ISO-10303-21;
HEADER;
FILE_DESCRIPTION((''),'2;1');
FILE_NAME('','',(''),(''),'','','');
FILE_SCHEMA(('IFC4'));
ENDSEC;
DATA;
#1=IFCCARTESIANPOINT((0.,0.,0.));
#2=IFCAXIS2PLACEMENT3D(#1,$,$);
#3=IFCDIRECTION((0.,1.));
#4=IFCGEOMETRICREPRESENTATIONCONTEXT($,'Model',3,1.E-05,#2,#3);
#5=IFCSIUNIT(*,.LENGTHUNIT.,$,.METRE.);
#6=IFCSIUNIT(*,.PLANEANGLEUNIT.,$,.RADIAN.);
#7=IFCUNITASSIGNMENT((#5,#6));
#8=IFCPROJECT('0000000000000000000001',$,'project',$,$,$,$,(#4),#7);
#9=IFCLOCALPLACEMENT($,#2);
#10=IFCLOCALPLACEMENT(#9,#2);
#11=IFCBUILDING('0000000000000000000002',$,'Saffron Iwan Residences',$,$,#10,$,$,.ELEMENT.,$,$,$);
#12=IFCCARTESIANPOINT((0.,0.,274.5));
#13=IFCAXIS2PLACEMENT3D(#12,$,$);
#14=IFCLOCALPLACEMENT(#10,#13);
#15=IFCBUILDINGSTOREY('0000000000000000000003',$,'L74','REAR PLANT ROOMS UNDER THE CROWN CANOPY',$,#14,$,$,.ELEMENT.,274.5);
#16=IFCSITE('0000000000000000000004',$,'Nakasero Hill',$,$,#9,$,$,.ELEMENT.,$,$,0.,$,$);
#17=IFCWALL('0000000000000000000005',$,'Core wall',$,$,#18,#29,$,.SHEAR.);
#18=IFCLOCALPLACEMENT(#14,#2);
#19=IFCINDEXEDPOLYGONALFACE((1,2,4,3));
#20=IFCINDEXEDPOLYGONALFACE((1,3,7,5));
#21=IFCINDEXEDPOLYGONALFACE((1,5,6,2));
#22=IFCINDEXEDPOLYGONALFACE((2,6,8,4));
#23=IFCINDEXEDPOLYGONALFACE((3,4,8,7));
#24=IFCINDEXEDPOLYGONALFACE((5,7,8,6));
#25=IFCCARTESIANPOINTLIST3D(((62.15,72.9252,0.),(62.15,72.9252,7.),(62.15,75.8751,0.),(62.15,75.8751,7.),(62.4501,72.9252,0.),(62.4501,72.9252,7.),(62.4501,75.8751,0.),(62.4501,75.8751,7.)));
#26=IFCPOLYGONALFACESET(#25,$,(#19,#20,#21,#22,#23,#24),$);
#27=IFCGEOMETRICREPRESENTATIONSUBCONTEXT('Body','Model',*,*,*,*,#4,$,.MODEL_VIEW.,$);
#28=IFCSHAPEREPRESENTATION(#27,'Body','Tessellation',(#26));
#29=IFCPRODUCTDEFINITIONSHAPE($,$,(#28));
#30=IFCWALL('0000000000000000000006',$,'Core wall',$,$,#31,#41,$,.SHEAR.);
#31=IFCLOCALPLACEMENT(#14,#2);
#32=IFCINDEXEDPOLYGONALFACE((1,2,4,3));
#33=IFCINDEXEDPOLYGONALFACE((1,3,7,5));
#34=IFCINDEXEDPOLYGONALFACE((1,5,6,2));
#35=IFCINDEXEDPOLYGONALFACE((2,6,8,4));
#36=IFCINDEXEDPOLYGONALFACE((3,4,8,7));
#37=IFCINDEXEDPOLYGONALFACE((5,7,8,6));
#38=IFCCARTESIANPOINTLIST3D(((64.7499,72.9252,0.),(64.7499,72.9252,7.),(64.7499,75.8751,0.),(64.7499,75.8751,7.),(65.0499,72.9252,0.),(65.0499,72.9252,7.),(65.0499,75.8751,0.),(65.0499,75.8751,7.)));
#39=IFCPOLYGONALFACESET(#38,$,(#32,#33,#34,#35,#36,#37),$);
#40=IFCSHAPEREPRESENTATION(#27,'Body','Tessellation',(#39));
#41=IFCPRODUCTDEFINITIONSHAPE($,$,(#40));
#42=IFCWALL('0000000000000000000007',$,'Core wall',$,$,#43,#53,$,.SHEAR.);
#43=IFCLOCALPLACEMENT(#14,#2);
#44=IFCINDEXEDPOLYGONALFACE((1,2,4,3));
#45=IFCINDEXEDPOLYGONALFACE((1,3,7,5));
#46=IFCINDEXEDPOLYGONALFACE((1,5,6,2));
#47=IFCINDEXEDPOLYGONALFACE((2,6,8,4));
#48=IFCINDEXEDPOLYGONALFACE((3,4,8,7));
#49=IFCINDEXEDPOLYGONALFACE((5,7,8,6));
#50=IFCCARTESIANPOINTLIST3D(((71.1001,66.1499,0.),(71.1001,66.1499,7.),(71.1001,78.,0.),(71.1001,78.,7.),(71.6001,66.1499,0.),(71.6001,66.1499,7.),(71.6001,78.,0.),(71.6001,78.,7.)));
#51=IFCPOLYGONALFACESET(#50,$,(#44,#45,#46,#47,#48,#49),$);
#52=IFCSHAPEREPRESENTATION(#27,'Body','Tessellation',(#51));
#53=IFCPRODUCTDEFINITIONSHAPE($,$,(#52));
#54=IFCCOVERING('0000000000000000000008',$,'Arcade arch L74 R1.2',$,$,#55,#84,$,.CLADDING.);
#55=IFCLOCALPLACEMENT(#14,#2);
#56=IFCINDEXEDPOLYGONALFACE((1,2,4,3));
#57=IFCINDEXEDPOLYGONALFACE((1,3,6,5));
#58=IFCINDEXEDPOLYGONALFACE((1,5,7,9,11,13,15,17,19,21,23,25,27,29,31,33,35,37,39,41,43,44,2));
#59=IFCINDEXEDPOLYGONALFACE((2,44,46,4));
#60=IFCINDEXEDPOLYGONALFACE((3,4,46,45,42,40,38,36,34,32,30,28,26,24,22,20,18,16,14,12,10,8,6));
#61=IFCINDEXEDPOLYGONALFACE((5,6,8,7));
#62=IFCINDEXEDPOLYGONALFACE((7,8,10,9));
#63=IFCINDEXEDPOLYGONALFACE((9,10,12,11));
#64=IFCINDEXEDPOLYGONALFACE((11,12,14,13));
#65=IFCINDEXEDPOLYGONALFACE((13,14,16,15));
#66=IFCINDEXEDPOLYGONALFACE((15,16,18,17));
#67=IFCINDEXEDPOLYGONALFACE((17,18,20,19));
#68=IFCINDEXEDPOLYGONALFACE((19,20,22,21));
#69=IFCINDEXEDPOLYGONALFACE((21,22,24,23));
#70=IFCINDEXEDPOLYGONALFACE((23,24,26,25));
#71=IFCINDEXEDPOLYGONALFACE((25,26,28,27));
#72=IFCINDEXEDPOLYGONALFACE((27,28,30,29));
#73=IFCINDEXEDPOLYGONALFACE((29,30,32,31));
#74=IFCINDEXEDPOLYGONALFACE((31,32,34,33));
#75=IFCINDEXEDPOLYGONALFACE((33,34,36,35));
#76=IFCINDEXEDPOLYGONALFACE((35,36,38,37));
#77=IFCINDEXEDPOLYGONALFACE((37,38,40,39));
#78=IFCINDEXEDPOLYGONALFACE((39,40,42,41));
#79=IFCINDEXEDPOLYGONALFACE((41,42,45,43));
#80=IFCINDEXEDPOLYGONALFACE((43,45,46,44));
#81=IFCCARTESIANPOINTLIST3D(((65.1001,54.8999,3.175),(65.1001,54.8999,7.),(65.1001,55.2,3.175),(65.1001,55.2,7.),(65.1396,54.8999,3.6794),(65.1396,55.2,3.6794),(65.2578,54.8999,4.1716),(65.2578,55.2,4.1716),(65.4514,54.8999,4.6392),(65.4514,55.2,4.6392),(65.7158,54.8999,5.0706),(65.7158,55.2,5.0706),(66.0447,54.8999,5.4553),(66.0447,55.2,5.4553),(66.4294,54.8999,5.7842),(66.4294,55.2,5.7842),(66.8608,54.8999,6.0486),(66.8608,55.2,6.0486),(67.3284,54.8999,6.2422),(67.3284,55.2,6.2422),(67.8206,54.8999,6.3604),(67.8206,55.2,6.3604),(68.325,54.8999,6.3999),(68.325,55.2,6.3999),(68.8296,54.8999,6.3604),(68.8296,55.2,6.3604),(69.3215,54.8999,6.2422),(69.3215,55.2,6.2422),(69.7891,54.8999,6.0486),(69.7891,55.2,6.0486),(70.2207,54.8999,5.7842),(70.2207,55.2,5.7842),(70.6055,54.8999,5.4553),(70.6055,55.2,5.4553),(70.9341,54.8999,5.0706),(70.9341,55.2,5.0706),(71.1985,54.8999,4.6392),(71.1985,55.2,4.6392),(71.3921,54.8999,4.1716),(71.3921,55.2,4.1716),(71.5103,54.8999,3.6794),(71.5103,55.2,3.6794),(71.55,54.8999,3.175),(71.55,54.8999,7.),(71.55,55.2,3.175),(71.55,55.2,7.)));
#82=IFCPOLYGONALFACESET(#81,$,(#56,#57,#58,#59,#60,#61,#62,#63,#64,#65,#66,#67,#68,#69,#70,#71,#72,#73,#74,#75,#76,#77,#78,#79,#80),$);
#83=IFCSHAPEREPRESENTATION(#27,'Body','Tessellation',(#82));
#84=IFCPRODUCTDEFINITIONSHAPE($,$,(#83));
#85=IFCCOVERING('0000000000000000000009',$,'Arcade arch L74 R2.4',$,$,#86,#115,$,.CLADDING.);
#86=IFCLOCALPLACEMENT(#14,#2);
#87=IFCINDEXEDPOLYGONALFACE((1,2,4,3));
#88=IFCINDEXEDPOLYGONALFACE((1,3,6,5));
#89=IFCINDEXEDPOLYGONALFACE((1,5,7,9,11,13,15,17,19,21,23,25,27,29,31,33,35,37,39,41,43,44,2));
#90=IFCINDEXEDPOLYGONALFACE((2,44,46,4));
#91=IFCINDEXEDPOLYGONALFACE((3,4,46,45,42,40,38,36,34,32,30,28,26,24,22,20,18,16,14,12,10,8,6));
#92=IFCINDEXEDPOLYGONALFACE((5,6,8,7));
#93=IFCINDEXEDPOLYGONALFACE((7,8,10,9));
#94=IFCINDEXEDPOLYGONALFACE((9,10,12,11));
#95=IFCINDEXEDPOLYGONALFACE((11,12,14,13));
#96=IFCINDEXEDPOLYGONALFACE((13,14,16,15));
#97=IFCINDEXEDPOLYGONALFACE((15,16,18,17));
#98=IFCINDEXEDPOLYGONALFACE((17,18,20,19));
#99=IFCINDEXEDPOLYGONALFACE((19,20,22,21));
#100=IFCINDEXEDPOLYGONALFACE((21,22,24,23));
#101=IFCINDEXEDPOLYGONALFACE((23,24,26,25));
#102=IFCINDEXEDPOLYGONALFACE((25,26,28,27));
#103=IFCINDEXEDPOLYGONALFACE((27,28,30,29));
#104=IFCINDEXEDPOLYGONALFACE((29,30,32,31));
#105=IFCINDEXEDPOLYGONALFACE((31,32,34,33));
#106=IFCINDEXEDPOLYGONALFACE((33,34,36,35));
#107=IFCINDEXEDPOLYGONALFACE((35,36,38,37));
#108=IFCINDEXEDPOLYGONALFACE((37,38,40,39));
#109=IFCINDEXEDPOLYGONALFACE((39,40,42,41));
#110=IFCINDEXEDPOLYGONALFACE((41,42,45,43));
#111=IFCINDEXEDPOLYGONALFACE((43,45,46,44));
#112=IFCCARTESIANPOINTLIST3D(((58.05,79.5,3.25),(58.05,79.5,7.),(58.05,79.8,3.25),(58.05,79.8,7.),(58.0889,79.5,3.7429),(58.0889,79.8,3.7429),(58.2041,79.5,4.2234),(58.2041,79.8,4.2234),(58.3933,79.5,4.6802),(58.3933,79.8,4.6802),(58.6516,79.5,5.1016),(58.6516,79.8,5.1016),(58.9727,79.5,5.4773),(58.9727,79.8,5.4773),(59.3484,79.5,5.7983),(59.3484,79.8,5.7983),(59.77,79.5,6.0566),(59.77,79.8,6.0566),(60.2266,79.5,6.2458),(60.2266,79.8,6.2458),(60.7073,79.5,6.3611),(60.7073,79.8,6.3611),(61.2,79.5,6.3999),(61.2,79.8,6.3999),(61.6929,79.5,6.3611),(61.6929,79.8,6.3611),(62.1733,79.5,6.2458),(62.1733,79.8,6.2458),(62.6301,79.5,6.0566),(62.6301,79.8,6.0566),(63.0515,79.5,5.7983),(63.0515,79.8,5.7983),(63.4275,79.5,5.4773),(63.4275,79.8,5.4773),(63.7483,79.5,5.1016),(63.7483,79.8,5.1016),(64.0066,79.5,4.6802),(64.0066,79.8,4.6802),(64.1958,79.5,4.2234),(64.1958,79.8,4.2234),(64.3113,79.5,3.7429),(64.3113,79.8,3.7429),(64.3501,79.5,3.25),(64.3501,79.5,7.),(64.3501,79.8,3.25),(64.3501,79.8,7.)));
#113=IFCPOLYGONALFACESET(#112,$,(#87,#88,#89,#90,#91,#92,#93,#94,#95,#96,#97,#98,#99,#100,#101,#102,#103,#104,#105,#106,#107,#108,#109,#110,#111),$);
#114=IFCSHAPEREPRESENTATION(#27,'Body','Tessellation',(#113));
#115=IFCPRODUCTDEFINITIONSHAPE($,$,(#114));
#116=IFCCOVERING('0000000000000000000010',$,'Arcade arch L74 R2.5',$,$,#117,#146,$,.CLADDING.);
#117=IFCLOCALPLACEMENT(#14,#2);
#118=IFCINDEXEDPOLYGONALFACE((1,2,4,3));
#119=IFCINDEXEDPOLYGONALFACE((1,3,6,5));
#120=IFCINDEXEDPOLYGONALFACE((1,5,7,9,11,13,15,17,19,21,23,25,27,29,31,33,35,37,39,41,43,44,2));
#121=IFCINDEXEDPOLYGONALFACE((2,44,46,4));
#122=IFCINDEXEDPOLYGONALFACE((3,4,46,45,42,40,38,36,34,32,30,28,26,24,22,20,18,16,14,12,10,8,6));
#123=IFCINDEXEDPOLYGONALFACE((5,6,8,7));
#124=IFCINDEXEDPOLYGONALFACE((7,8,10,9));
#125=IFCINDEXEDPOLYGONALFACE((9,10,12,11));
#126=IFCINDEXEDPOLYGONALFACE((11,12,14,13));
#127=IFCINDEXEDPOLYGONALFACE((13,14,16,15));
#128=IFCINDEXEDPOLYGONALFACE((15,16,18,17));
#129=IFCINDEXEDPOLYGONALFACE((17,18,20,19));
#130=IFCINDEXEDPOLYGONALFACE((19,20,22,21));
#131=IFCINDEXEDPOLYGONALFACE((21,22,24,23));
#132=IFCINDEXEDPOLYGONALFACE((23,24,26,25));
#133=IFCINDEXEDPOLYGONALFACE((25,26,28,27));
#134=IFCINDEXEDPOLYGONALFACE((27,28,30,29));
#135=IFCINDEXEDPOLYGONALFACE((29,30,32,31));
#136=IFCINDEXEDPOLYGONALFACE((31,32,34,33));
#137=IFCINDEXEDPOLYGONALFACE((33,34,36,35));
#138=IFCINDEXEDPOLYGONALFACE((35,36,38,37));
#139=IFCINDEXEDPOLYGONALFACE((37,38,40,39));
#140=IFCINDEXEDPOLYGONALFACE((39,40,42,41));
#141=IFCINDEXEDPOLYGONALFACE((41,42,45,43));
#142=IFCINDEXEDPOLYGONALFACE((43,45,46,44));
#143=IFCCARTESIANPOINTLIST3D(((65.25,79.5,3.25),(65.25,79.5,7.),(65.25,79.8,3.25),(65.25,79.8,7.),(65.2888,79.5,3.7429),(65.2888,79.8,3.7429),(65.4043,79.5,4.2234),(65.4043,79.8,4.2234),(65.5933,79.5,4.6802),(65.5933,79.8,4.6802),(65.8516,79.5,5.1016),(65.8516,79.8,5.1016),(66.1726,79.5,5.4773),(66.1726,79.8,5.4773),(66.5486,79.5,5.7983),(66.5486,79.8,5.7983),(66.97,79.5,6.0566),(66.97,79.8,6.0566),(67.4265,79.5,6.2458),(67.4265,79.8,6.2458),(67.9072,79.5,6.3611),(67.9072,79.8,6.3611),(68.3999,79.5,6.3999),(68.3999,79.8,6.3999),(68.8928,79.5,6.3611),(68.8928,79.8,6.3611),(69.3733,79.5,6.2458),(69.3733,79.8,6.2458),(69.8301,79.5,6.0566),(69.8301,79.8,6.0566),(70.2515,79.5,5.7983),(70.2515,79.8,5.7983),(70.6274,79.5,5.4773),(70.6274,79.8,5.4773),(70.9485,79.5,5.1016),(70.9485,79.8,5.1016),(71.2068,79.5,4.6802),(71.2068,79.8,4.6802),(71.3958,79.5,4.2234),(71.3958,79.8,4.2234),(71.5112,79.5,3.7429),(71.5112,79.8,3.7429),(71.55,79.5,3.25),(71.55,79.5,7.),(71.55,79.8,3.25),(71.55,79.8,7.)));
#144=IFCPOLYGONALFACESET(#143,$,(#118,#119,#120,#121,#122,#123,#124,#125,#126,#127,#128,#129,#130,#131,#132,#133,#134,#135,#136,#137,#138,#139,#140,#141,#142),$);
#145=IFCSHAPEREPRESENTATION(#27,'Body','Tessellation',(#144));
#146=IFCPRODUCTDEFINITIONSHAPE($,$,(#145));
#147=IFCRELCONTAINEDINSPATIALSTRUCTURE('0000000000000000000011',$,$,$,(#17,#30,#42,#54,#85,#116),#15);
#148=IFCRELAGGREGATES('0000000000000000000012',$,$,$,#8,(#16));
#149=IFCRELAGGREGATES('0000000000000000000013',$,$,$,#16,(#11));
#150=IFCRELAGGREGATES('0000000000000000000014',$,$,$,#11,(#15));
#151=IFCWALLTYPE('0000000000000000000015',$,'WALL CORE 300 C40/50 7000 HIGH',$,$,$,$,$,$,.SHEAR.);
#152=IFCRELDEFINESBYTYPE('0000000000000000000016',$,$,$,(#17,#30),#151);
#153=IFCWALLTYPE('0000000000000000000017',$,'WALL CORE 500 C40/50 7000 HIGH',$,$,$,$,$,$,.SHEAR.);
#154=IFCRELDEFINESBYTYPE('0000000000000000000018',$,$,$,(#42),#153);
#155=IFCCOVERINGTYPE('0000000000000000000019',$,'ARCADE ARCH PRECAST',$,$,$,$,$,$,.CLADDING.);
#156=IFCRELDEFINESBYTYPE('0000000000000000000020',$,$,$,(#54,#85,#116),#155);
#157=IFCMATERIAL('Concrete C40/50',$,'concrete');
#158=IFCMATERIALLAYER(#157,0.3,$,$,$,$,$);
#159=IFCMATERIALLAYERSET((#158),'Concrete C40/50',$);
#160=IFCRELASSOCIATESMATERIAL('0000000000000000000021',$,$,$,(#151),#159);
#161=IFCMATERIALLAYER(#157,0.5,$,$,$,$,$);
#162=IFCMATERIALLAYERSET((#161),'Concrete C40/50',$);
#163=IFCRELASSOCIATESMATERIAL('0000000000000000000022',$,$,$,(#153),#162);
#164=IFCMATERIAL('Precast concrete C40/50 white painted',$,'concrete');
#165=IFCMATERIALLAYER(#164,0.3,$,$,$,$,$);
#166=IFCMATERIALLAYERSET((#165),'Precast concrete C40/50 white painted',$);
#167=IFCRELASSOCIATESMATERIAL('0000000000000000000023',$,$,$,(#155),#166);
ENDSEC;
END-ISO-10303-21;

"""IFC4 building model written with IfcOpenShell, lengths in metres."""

from ifc_helpers import new_model, si_unit, direction, frame, frame_2d, origin, place, context, subcontext, project, spatial, polyline, rectangle, outline, extrude, material, layer, layer_set, type_object, element, save


model = new_model("IFC4")

# Units and contexts
model_context = context("Model", 3, precision=1e-05, world=origin(), true_north=direction((0.0, 1.0)))
body_context = subcontext(model_context, "Body", "Model", "MODEL_VIEW")
ifc_project = project(units=[si_unit("LENGTHUNIT", "METRE"), si_unit("PLANEANGLEUNIT", "RADIAN")], contexts=[model_context])

# Site, building, storey
site_placement = place(None, origin())
site = spatial("IfcSite", under=ifc_project, at=site_placement, Name="Nakasero Hill", CompositionType="ELEMENT", RefElevation=0.0)
building_placement = place(site_placement, origin())
building = spatial("IfcBuilding", under=site, at=building_placement, Name="Saffron Iwan Residences", CompositionType="ELEMENT")
storey_placement = place(building_placement, frame((0.0, 0.0, 274.5)))
storey = spatial("IfcBuildingStorey", under=building, at=storey_placement, Name="L74", Description="REAR PLANT ROOMS UNDER THE CROWN CANOPY", CompositionType="ELEMENT", Elevation=274.5)

# Shared definitions
ifc_material_1 = material(Name="Concrete C40/50", Category="concrete")

# Shared definitions
ifc_layer_1 = layer(ifc_material_1, 0.3)
ifc_layer_set_1 = layer_set([ifc_layer_1], Name="Concrete C40/50")
wall_type_1 = type_object("IfcWallType", Name="WALL CORE 300 C40/50 7000 HIGH", PredefinedType="SHEAR", material=ifc_layer_set_1)

# Walls
for number, where, z_axis, x_axis, name in (
    (1, (62.3, 72.925, 0.0), (0.0, 0.0, 1.0), (0.0, 1.0, 0.0), "Core wall"),
    (2, (64.8999, 72.925, 0.0), (0.0, 0.0, 1.0), (0.0, 1.0, 0.0), "Core wall"),
):
    element("IfcWall", number, at=place(storey_placement, frame(where, z_axis=z_axis, x_axis=x_axis)), inside=storey, type_object=wall_type_1, Name=name, PredefinedType="SHEAR", context=body_context, shape_type="SweptSolid", body=[
        extrude(rectangle(XDim=2.95, YDim=0.3, at=frame_2d((1.4751, 0.0))), origin(), (0.0, 0.0, 1.0), 7.0),
    ])
ifc_layer_2 = layer(ifc_material_1, 0.5)
ifc_layer_set_2 = layer_set([ifc_layer_2], Name="Concrete C40/50")
wall_type_2 = type_object("IfcWallType", Name="WALL CORE 500 C40/50 7000 HIGH", PredefinedType="SHEAR", material=ifc_layer_set_2)
wall_1_placement = place(storey_placement, frame((71.3501, 66.1499, 0.0), z_axis=(0.0, 0.0, 1.0), x_axis=(0.0, 1.0, 0.0)))
element("IfcWall", 3, at=wall_1_placement, inside=storey, type_object=wall_type_2, Name="Core wall", PredefinedType="SHEAR", context=body_context, shape_type="SweptSolid", body=[
    extrude(rectangle(XDim=11.8501, YDim=0.5, at=frame_2d((5.925, 0.0))), origin(), (0.0, 0.0, 1.0), 7.0),
])

# Coverings
ifc_material_2 = material(Name="Precast concrete C40/50 white painted", Category="concrete")
ifc_layer_3 = layer(ifc_material_2, 0.3)
ifc_layer_set_3 = layer_set([ifc_layer_3], Name="Precast concrete C40/50 white painted")
covering_type = type_object("IfcCoveringType", Name="ARCADE ARCH PRECAST", PredefinedType="CLADDING", material=ifc_layer_set_3)
covering_1_placement = place(storey_placement, frame((65.1001, 55.2, 3.175), z_axis=(0.0, 1.0, 0.0), x_axis=(0.0, 0.0, 1.0)))
element("IfcCovering", 4, at=covering_1_placement, inside=storey, type_object=covering_type, Name="Arcade arch L74 R1.2", PredefinedType="CLADDING", context=body_context, shape_type="SweptSolid", body=[
    extrude(outline(polyline([(0.0, 0.0), (3.825, 0.0), (3.825, 6.45), (0.0, 6.45), (0.5044, 6.4102), (0.9966, 6.292), (1.4641, 6.0984), (1.8955, 5.834), (2.2803, 5.5054), (2.6091, 5.1206), (2.8735, 4.689), (3.0671, 4.2214), (3.1853, 3.7295), (3.2249, 3.2249), (3.1853, 2.7205), (3.0671, 2.2283), (2.8735, 1.7607), (2.6091, 1.3293), (2.2803, 0.9446), (1.8955, 0.6157), (1.4641, 0.3513), (0.9966, 0.1577), (0.5044, 0.0396), (0.0, 0.0)])), origin(), (0.0, 0.0, -1.0), 0.3),
])
covering_2_placement = place(storey_placement, frame((58.05, 79.8, 3.25), z_axis=(0.0, 1.0, 0.0), x_axis=(0.0, 0.0, 1.0)))
element("IfcCovering", 5, at=covering_2_placement, inside=storey, type_object=covering_type, Name="Arcade arch L74 R2.4", PredefinedType="CLADDING", context=body_context, shape_type="SweptSolid", body=[
    extrude(outline(polyline([(0.0, 0.0), (3.75, 0.0), (3.75, 6.3), (0.0, 6.3), (0.4929, 6.2612), (0.9734, 6.1458), (1.4302, 5.9565), (1.8516, 5.6982), (2.2273, 5.3774), (2.5483, 5.0015), (2.8066, 4.5801), (2.9958, 4.1233), (3.1111, 3.6428), (3.1499, 3.1499), (3.1111, 2.6572), (2.9958, 2.1765), (2.8066, 1.72), (2.5483, 1.2983), (2.2273, 0.9226), (1.8516, 0.6016), (1.4302, 0.3433), (0.9734, 0.1541), (0.4929, 0.0388), (0.0, 0.0)])), origin(), (0.0, 0.0, -1.0), 0.3),
])
covering_3_placement = place(storey_placement, frame((65.25, 79.8, 3.25), z_axis=(0.0, 1.0, 0.0), x_axis=(0.0, 0.0, 1.0)))
element("IfcCovering", 6, at=covering_3_placement, inside=storey, type_object=covering_type, Name="Arcade arch L74 R2.5", PredefinedType="CLADDING", context=body_context, shape_type="SweptSolid", body=[
    extrude(outline(polyline([(0.0, 0.0), (3.75, 0.0), (3.75, 6.3), (0.0, 6.3), (0.4929, 6.2612), (0.9734, 6.1458), (1.4302, 5.9568), (1.8516, 5.6985), (2.2273, 5.3774), (2.5483, 5.0015), (2.8066, 4.5801), (2.9958, 4.1233), (3.1111, 3.6428), (3.1499, 3.1499), (3.1111, 2.6572), (2.9958, 2.1765), (2.8066, 1.72), (2.5483, 1.2986), (2.2273, 0.9226), (1.8516, 0.6016), (1.4302, 0.3433), (0.9734, 0.1543), (0.4929, 0.0388), (0.0, 0.0)])), origin(), (0.0, 0.0, -1.0), 0.3),
])

save(model, "model.ifc")
